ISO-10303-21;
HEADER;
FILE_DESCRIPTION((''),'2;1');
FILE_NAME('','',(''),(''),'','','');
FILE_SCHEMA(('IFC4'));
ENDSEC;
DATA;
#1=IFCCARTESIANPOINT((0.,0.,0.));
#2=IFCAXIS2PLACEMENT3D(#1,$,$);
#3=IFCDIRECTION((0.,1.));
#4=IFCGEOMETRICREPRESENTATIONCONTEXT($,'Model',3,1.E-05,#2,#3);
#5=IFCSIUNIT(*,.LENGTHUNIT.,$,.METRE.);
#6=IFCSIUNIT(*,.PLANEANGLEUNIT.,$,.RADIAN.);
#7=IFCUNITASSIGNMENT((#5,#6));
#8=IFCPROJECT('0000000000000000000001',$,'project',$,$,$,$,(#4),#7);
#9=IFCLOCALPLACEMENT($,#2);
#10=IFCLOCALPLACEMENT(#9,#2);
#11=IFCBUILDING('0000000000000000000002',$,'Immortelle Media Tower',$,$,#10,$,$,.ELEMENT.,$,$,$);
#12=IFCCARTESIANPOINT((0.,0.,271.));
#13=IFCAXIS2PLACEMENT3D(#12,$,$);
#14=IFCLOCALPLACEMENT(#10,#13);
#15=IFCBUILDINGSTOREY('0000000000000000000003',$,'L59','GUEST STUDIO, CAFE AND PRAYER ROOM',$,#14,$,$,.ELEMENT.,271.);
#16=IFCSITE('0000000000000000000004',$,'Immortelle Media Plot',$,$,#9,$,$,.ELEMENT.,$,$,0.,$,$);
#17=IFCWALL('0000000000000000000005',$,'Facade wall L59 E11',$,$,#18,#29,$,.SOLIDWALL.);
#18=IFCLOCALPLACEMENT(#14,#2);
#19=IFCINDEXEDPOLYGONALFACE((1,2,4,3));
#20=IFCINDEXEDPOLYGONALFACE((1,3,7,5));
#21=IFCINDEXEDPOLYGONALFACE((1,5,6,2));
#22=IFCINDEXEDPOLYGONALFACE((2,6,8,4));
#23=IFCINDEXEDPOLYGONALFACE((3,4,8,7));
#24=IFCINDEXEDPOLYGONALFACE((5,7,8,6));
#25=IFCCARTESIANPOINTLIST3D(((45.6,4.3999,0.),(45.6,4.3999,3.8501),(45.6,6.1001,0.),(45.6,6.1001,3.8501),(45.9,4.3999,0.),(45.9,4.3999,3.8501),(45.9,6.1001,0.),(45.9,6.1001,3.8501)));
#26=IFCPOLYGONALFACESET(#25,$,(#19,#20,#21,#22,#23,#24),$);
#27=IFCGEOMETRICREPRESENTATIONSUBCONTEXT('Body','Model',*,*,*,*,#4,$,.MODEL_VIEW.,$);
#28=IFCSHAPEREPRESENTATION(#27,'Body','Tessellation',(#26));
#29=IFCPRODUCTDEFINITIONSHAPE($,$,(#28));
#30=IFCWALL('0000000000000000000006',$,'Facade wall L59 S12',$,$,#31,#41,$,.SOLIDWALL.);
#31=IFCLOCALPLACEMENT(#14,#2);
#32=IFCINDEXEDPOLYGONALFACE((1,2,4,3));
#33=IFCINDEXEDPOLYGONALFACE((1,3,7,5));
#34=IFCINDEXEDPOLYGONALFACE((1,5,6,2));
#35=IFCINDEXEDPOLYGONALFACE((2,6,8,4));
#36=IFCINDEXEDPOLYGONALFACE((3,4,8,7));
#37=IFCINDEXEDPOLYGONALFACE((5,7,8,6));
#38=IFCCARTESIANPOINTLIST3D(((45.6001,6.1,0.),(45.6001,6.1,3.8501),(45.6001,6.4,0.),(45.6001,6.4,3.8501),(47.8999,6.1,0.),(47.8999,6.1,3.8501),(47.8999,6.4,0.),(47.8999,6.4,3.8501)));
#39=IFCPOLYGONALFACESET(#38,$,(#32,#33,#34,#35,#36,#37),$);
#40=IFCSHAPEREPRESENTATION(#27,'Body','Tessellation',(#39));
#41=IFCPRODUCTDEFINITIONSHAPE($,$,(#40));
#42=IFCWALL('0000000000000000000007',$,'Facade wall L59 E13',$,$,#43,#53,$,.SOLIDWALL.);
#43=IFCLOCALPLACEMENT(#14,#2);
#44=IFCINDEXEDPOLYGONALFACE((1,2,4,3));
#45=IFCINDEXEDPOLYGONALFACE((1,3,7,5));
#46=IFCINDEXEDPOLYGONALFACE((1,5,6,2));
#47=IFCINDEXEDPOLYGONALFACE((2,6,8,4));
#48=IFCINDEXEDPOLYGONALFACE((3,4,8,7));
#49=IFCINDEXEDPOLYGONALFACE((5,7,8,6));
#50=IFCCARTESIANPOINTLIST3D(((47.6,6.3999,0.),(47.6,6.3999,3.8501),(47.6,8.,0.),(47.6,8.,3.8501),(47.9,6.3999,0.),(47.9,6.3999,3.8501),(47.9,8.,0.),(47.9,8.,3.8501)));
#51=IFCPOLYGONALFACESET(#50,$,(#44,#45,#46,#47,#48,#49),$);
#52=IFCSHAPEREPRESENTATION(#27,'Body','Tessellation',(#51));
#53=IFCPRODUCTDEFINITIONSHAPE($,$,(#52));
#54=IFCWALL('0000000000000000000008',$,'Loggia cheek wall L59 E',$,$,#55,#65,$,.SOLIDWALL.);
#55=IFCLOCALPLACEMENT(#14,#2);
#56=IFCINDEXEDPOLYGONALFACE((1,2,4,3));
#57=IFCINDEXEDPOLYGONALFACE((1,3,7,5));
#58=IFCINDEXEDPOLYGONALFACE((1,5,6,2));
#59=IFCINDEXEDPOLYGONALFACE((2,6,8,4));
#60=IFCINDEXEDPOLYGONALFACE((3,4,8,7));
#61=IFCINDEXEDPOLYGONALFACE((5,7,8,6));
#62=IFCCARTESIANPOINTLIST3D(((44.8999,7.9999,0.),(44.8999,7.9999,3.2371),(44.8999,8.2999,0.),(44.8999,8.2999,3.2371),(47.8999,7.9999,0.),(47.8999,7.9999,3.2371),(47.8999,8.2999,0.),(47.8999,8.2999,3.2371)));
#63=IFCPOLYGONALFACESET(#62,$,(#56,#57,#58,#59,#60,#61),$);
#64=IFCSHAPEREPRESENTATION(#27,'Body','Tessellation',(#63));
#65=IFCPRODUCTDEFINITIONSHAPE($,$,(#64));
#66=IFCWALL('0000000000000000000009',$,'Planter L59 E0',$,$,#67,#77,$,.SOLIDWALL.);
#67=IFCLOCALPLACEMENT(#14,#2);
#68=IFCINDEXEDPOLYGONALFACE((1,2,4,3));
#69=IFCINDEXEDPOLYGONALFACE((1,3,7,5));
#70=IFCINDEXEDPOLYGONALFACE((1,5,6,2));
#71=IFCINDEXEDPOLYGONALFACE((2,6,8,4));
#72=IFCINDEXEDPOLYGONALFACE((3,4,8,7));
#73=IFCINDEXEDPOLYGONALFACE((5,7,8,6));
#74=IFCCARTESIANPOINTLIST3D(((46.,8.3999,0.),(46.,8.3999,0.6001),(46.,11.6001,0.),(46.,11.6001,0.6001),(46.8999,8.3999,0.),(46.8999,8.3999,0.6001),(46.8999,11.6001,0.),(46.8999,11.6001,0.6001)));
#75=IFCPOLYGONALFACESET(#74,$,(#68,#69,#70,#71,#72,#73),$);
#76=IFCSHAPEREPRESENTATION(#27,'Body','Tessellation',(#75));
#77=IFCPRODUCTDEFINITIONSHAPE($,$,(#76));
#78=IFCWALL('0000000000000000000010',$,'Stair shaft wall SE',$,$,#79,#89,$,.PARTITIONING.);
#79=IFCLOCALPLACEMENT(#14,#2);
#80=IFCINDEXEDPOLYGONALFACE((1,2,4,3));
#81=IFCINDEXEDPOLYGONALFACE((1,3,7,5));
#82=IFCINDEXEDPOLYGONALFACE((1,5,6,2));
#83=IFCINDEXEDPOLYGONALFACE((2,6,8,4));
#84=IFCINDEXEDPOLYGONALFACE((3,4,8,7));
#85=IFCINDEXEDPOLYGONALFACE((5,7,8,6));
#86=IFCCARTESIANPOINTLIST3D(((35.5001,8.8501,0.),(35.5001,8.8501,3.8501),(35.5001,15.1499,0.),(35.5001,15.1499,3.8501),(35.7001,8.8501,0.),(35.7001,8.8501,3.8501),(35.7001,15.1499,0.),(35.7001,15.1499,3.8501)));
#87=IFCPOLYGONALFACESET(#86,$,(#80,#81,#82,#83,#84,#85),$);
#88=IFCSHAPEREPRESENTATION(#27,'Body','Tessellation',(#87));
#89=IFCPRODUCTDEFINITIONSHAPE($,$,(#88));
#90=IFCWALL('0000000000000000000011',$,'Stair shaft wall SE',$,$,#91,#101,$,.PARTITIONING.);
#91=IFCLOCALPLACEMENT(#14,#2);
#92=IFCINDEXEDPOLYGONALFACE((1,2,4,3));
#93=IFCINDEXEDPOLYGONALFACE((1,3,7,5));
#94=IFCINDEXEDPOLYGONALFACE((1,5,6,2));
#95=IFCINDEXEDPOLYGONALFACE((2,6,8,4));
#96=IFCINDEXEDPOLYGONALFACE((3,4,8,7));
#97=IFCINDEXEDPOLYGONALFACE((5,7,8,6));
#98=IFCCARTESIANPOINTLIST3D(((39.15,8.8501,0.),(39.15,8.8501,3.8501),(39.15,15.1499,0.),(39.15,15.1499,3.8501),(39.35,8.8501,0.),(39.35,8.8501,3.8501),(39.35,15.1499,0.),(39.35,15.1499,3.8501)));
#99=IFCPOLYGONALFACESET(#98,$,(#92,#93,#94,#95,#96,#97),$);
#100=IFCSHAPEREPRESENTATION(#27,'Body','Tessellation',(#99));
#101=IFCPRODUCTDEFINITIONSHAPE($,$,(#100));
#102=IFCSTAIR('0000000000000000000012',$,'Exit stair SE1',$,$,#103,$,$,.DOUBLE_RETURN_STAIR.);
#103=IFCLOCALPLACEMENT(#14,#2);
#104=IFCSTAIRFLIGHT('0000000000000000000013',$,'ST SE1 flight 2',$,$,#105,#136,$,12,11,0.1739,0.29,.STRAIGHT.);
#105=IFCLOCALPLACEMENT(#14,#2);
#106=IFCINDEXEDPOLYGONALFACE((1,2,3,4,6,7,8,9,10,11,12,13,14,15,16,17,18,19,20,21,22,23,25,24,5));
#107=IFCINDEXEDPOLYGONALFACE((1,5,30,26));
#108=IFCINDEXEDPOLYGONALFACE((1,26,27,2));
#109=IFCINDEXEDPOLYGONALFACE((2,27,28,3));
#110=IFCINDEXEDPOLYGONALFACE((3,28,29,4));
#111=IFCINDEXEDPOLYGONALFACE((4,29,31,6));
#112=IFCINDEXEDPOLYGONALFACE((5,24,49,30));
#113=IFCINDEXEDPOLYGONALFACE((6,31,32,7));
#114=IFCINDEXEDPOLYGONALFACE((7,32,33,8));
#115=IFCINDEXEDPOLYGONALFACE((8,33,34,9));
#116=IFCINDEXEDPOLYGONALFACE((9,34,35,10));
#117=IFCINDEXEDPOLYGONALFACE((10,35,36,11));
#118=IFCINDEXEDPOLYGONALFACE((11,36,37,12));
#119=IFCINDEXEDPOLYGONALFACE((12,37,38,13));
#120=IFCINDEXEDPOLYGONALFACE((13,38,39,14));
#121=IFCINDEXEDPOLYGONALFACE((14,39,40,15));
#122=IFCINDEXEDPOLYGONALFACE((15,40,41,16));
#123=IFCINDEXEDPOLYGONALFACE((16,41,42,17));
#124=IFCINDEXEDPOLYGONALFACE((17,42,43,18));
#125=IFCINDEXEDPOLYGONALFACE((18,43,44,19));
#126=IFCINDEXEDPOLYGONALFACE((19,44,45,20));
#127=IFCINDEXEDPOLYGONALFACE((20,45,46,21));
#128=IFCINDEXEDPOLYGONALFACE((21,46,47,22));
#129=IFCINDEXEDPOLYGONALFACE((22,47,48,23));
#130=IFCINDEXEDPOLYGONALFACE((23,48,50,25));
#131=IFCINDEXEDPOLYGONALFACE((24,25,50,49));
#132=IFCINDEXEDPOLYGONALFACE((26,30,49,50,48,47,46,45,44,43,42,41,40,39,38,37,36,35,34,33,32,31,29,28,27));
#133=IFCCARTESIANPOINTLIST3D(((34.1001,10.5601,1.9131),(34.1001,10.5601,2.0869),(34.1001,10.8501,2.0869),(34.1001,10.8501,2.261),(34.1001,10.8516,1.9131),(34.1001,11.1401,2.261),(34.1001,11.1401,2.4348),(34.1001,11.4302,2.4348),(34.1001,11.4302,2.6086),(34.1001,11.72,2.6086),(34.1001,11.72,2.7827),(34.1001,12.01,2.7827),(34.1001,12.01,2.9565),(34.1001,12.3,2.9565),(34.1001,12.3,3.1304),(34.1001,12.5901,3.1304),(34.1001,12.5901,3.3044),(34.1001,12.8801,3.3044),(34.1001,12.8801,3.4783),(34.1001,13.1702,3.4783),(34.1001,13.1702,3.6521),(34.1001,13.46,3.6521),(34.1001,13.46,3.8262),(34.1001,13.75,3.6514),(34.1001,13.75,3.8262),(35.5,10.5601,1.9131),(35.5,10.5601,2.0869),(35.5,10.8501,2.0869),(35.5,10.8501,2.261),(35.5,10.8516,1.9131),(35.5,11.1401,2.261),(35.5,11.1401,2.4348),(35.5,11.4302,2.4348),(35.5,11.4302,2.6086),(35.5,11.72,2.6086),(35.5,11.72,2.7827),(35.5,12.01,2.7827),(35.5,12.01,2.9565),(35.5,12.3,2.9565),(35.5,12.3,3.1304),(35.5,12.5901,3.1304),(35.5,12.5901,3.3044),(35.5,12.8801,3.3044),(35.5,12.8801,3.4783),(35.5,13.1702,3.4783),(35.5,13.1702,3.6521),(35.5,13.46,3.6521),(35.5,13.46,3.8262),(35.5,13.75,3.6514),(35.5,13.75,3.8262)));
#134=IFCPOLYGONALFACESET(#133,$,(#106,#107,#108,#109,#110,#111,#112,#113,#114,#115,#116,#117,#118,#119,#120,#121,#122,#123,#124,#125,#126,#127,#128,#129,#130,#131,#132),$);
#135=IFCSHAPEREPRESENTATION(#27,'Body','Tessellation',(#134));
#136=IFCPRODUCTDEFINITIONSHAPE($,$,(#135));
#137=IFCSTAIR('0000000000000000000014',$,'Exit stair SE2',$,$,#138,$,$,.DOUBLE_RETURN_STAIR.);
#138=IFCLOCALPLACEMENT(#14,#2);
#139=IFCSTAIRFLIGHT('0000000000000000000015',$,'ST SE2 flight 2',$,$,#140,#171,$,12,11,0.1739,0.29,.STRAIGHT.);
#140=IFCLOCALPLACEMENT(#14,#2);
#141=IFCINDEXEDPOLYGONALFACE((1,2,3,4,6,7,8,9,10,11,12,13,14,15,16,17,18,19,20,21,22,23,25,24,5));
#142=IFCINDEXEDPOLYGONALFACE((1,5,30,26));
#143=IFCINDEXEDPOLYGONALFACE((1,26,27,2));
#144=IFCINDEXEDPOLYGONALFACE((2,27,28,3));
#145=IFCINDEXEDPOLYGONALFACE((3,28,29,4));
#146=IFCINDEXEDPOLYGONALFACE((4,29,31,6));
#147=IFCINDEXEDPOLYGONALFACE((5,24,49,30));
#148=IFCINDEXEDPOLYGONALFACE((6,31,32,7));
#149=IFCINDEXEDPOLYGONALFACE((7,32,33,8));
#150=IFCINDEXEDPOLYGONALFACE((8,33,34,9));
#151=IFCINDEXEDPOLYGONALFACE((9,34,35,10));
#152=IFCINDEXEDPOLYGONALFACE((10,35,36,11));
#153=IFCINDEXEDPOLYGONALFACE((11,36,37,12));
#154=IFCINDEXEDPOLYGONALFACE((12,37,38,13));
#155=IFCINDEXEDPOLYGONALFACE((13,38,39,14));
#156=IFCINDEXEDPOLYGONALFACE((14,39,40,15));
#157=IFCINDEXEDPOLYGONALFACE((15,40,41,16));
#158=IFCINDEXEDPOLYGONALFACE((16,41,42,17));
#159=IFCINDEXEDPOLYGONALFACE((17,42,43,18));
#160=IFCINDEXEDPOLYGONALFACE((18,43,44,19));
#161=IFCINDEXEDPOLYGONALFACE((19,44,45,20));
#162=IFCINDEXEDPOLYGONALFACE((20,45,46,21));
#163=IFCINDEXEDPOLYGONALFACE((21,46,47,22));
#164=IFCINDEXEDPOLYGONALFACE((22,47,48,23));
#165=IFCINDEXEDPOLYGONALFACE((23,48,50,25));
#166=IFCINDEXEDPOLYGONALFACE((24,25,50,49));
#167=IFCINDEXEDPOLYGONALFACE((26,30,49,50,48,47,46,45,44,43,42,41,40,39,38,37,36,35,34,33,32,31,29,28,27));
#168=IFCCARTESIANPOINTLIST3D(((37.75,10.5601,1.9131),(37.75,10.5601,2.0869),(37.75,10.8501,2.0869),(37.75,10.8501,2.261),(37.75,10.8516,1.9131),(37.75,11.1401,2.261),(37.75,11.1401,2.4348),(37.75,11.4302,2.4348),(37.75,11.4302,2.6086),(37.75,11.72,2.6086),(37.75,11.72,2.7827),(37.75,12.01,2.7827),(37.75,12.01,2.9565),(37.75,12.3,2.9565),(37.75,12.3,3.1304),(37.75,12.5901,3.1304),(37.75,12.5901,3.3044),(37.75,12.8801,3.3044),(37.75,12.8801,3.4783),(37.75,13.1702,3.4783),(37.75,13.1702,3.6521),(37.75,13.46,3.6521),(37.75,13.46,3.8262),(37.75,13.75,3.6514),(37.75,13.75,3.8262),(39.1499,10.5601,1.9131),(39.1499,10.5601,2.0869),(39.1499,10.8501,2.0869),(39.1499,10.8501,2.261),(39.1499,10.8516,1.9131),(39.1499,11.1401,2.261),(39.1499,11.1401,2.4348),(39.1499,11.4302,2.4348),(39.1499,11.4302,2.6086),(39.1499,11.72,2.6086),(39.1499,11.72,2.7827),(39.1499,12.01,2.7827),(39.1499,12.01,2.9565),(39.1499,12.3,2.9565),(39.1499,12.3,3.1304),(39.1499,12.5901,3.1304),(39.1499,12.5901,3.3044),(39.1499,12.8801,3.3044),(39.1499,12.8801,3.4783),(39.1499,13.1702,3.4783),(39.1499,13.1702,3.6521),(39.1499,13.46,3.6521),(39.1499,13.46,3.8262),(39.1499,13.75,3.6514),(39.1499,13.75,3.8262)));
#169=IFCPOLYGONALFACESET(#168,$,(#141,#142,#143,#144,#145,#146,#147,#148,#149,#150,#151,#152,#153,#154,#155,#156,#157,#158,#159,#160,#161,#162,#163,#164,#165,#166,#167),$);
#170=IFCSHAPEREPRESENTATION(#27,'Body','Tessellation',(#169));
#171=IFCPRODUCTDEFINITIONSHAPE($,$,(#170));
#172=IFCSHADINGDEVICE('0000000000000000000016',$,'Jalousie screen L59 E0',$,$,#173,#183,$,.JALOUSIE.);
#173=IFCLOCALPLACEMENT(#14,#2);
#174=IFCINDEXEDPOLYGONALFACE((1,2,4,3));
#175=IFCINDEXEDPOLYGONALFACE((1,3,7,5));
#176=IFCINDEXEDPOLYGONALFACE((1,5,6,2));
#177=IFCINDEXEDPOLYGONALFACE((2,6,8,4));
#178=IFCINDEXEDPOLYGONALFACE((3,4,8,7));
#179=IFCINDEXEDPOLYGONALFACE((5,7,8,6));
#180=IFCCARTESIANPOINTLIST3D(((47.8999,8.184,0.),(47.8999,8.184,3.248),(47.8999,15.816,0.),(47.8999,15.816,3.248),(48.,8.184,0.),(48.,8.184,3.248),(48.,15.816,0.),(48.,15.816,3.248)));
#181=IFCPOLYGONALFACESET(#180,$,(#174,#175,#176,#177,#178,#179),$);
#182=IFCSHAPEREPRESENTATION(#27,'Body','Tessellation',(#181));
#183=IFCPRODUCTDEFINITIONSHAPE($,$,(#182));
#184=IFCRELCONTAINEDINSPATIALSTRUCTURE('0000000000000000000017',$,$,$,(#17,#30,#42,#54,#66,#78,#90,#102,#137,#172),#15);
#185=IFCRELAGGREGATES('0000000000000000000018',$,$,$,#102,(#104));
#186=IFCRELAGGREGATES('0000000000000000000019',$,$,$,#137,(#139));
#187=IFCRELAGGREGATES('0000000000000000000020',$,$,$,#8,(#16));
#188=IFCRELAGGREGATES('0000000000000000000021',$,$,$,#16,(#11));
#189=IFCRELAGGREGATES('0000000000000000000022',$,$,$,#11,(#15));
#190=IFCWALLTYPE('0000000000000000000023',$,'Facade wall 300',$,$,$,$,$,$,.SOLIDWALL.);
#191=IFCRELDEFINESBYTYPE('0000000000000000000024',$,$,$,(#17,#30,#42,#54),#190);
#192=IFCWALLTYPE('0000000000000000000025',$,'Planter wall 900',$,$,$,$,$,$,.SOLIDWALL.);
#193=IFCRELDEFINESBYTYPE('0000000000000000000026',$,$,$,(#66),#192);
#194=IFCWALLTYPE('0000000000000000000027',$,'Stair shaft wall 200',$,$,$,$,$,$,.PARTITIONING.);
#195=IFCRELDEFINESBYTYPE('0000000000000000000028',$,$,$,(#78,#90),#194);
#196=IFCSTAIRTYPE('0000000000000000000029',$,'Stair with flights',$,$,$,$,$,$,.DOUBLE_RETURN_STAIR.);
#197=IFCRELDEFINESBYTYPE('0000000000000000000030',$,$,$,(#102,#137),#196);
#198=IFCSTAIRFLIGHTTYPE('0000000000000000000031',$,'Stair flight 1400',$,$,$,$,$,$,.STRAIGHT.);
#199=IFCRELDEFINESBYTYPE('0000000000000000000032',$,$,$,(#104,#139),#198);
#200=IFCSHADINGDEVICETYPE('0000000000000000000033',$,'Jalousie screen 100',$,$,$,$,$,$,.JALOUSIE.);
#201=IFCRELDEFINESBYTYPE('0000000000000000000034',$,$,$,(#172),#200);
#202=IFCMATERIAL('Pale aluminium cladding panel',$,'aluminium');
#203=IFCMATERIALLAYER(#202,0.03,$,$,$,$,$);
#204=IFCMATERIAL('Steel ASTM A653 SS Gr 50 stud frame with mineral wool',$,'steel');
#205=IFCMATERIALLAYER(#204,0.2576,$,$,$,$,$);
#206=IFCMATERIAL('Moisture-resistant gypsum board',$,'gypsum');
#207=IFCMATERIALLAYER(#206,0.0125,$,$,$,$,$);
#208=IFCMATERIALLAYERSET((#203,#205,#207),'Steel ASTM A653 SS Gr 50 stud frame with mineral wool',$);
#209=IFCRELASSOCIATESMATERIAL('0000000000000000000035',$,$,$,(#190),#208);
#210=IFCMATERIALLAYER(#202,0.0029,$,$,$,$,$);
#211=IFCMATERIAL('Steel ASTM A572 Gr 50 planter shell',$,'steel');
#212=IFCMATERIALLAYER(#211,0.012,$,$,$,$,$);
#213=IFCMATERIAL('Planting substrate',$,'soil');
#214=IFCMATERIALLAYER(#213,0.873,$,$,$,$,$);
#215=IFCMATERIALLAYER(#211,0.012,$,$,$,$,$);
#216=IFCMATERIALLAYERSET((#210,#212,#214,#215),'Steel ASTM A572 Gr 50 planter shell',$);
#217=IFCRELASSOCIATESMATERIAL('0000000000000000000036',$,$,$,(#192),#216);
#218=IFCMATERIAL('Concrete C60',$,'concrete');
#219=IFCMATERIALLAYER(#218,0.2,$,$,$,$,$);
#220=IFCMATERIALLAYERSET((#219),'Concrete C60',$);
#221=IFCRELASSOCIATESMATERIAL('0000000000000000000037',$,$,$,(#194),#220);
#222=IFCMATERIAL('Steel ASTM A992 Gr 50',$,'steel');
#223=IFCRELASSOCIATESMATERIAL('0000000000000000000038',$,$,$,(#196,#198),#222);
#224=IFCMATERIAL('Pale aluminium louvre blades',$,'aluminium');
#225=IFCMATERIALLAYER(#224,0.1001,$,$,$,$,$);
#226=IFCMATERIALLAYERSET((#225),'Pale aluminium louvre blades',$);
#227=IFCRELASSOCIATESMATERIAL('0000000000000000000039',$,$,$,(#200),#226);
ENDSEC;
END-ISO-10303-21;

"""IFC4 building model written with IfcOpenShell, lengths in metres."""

from ifc_helpers import new_model, si_unit, direction, frame, frame_2d, origin, origin_2d, place, context, subcontext, project, spatial, polyline, rectangle, outline, extrude, material, layer, layer_set, type_object, element, aggregate, save


model = new_model("IFC4")

# Units and contexts
model_context = context("Model", 3, precision=1e-05, world=origin(), true_north=direction((0.0, 1.0)))
body_context = subcontext(model_context, "Body", "Model", "MODEL_VIEW")
ifc_project = project(units=[si_unit("LENGTHUNIT", "METRE"), si_unit("PLANEANGLEUNIT", "RADIAN")], contexts=[model_context])

# Site, building, storey
site_placement = place(None, origin())
site = spatial("IfcSite", under=ifc_project, at=site_placement, Name="Immortelle Media Plot", CompositionType="ELEMENT", RefElevation=0.0)
building_placement = place(site_placement, origin())
building = spatial("IfcBuilding", under=site, at=building_placement, Name="Immortelle Media Tower", CompositionType="ELEMENT")
storey_placement = place(building_placement, frame((0.0, 0.0, 271.0)))
storey = spatial("IfcBuildingStorey", under=building, at=storey_placement, Name="L59", Description="GUEST STUDIO, CAFE AND PRAYER ROOM", CompositionType="ELEMENT", Elevation=271.0)

# Shared definitions
ifc_material_1 = material(Name="Steel ASTM A992 Gr 50", Category="steel")

# Walls
ifc_material_2 = material(Name="Pale aluminium cladding panel", Category="aluminium")
ifc_layer_1 = layer(ifc_material_2, 0.03)
ifc_material_3 = material(Name="Steel ASTM A653 SS Gr 50 stud frame with mineral wool", Category="steel")
ifc_layer_2 = layer(ifc_material_3, 0.2576)
ifc_material_4 = material(Name="Moisture-resistant gypsum board", Category="gypsum")
ifc_layer_3 = layer(ifc_material_4, 0.0125)
ifc_layer_set_1 = layer_set([ifc_layer_1, ifc_layer_2, ifc_layer_3], Name="Steel ASTM A653 SS Gr 50 stud frame with mineral wool")
wall_type_1 = type_object("IfcWallType", Name="Facade wall 300", PredefinedType="SOLIDWALL", material=ifc_layer_set_1)
wall_1_placement = place(storey_placement, frame((45.75, 4.3999, 0.0), z_axis=(0.0, 0.0, 1.0), x_axis=(0.0, 1.0, 0.0)))
element("IfcWall", 1, at=wall_1_placement, inside=storey, type_object=wall_type_1, Name="Facade wall L59 E11", PredefinedType="SOLIDWALL", context=body_context, shape_type="SweptSolid", body=[
    extrude(rectangle(XDim=1.7002, YDim=0.3, at=frame_2d((0.8501, 0.0))), origin(), (0.0, 0.0, 1.0), 3.8501),
])
wall_2_placement = place(storey_placement, frame((45.6001, 6.25, 0.0), z_axis=(0.0, 0.0, 1.0), x_axis=(1.0, 0.0, 0.0)))
element("IfcWall", 2, at=wall_2_placement, inside=storey, type_object=wall_type_1, Name="Facade wall L59 S12", PredefinedType="SOLIDWALL", context=body_context, shape_type="SweptSolid", body=[
    extrude(rectangle(XDim=2.2998, YDim=0.3, at=frame_2d((1.1499, 0.0))), origin(), (0.0, 0.0, 1.0), 3.8501),
])
wall_3_placement = place(storey_placement, frame((47.75, 6.3999, 0.0), z_axis=(0.0, 0.0, 1.0), x_axis=(0.0, 1.0, 0.0)))
element("IfcWall", 3, at=wall_3_placement, inside=storey, type_object=wall_type_1, Name="Facade wall L59 E13", PredefinedType="SOLIDWALL", context=body_context, shape_type="SweptSolid", body=[
    extrude(rectangle(XDim=1.6001, YDim=0.3, at=frame_2d((0.8, 0.0))), origin(), (0.0, 0.0, 1.0), 3.8501),
])

# Walls
wall_4_placement = place(storey_placement, frame((47.8999, 8.1499, 0.0), z_axis=(0.0, 0.0, 1.0), x_axis=(-1.0, 0.0, 0.0)))
element("IfcWall", 4, at=wall_4_placement, inside=storey, type_object=wall_type_1, Name="Loggia cheek wall L59 E", PredefinedType="SOLIDWALL", context=body_context, shape_type="SweptSolid", body=[
    extrude(rectangle(XDim=3.0, YDim=0.3, at=frame_2d((1.5, 0.0))), origin(), (0.0, 0.0, 1.0), 3.2371),
])
ifc_layer_4 = layer(ifc_material_2, 0.0029)
ifc_material_5 = material(Name="Steel ASTM A572 Gr 50 planter shell", Category="steel")
ifc_layer_5 = layer(ifc_material_5, 0.012)
ifc_material_6 = material(Name="Planting substrate", Category="soil")
ifc_layer_6 = layer(ifc_material_6, 0.873)
ifc_layer_7 = layer(ifc_material_5, 0.012)
ifc_layer_set_2 = layer_set([ifc_layer_4, ifc_layer_5, ifc_layer_6, ifc_layer_7], Name="Steel ASTM A572 Gr 50 planter shell")
wall_type_2 = type_object("IfcWallType", Name="Planter wall 900", PredefinedType="SOLIDWALL", material=ifc_layer_set_2)
wall_5_placement = place(storey_placement, frame((46.45, 8.3999, 0.0), z_axis=(0.0, 0.0, 1.0), x_axis=(0.0, 1.0, 0.0)))
element("IfcWall", 5, at=wall_5_placement, inside=storey, type_object=wall_type_2, Name="Planter L59 E0", PredefinedType="SOLIDWALL", context=body_context, shape_type="SweptSolid", body=[
    extrude(rectangle(XDim=3.2002, YDim=0.8999, at=frame_2d((1.6001, 0.0))), origin(), (0.0, 0.0, 1.0), 0.6001),
])
ifc_material_7 = material(Name="Concrete C60", Category="concrete")
ifc_layer_8 = layer(ifc_material_7, 0.2)
ifc_layer_set_3 = layer_set([ifc_layer_8], Name="Concrete C60")
wall_type_3 = type_object("IfcWallType", Name="Stair shaft wall 200", PredefinedType="PARTITIONING", material=ifc_layer_set_3)
for number, where, z_axis, x_axis, name in (
    (6, (35.6001, 8.8501, 0.0), (0.0, 0.0, 1.0), (0.0, 1.0, 0.0), "Stair shaft wall SE"),
    (7, (39.25, 8.8501, 0.0), (0.0, 0.0, 1.0), (0.0, 1.0, 0.0), "Stair shaft wall SE"),
):
    element("IfcWall", number, at=place(storey_placement, frame(where, z_axis=z_axis, x_axis=x_axis)), inside=storey, type_object=wall_type_3, Name=name, PredefinedType="PARTITIONING", context=body_context, shape_type="SweptSolid", body=[
        extrude(rectangle(XDim=6.2998, YDim=0.2, at=frame_2d((3.1499, 0.0))), origin(), (0.0, 0.0, 1.0), 3.8501),
    ])

# Stairs, stair flights
stair_type = type_object("IfcStairType", Name="Stair with flights", PredefinedType="DOUBLE_RETURN_STAIR", material=ifc_material_1)
stair_1_placement = place(storey_placement, origin())
stair_1 = element("IfcStair", 8, at=stair_1_placement, inside=storey, type_object=stair_type, Name="Exit stair SE1", PredefinedType="DOUBLE_RETURN_STAIR")
stair_flight_type = type_object("IfcStairFlightType", Name="Stair flight 1400", PredefinedType="STRAIGHT", material=ifc_material_1)
stair_flight_1_placement = place(storey_placement, frame((34.8, 10.5601, 1.9131), z_axis=(0.0, 0.0, 1.0), x_axis=(0.0, 1.0, 0.0)))
stair_flight_1 = element("IfcStairFlight", 9, at=stair_flight_1_placement, type_object=stair_flight_type, Name="ST SE1 flight 2", NumberOfRisers=12, NumberOfTreads=11, PredefinedType="STRAIGHT", RiserHeight=0.1739, TreadLength=0.29, context=body_context, shape_type="SweptSolid", body=[
    extrude(outline(polyline([(0.0, 0.0), (0.0, 0.1738), (0.29, 0.1738), (0.29, 0.3479), (0.5801, 0.3479), (0.5801, 0.5217), (0.8701, 0.5217), (0.8701, 0.6956), (1.1599, 0.6956), (1.1599, 0.8696), (1.45, 0.8696), (1.45, 1.0435), (1.74, 1.0435), (1.74, 1.2173), (2.03, 1.2173), (2.03, 1.3914), (2.3201, 1.3914), (2.3201, 1.5652), (2.6101, 1.5652), (2.6101, 1.739), (2.8999, 1.739), (2.8999, 1.9131), (3.1899, 1.9131), (3.1899, 2.0869), (3.1899, 1.7383), (0.2915, 0.0), (0.0, 0.0)])), frame((0.0, 0.7, 0.0), z_axis=(0.0, -1.0, 0.0), x_axis=(1.0, 0.0, 0.0)), (0.0, 0.0, 1.0), 1.3999),
])
aggregate(stair_1, [stair_flight_1])
stair_2_placement = place(storey_placement, origin())
stair_2 = element("IfcStair", 10, at=stair_2_placement, inside=storey, type_object=stair_type, Name="Exit stair SE2", PredefinedType="DOUBLE_RETURN_STAIR")
stair_flight_2_placement = place(storey_placement, frame((38.45, 10.5601, 1.9131), z_axis=(0.0, 0.0, 1.0), x_axis=(0.0, 1.0, 0.0)))
stair_flight_2 = element("IfcStairFlight", 11, at=stair_flight_2_placement, type_object=stair_flight_type, Name="ST SE2 flight 2", NumberOfRisers=12, NumberOfTreads=11, PredefinedType="STRAIGHT", RiserHeight=0.1739, TreadLength=0.29, context=body_context, shape_type="SweptSolid", body=[
    extrude(outline(polyline([(0.0, 0.0), (0.0, 0.1738), (0.29, 0.1738), (0.29, 0.3479), (0.5801, 0.3479), (0.5801, 0.5217), (0.8701, 0.5217), (0.8701, 0.6956), (1.1599, 0.6956), (1.1599, 0.8696), (1.45, 0.8696), (1.45, 1.0435), (1.74, 1.0435), (1.74, 1.2173), (2.03, 1.2173), (2.03, 1.3914), (2.3201, 1.3914), (2.3201, 1.5652), (2.6101, 1.5652), (2.6101, 1.739), (2.8999, 1.739), (2.8999, 1.9131), (3.1899, 1.9131), (3.1899, 2.0869), (3.1899, 1.7383), (0.2915, 0.0), (0.0, 0.0)])), frame((0.0, 0.7, 0.0), z_axis=(0.0, -1.0, 0.0), x_axis=(1.0, 0.0, 0.0)), (0.0, 0.0, 1.0), 1.3999),
])
aggregate(stair_2, [stair_flight_2])

# Shading device
ifc_material_8 = material(Name="Pale aluminium louvre blades", Category="aluminium")
ifc_layer_9 = layer(ifc_material_8, 0.1001)
ifc_layer_set_4 = layer_set([ifc_layer_9], Name="Pale aluminium louvre blades")
shading_device_type_1 = type_object("IfcShadingDeviceType", Name="Jalousie screen 100", PredefinedType="JALOUSIE", material=ifc_layer_set_4)
shading_device_1_placement = place(storey_placement, frame((47.95, 12.0, 0.0), z_axis=(0.0, 0.0, 1.0), x_axis=(0.0, 1.0, 0.0)))
element("IfcShadingDevice", 12, at=shading_device_1_placement, inside=storey, type_object=shading_device_type_1, Name="Jalousie screen L59 E0", PredefinedType="JALOUSIE", context=body_context, shape_type="SweptSolid", body=[
    extrude(rectangle(XDim=7.6321, YDim=0.1001, at=origin_2d()), origin(), (0.0, 0.0, 1.0), 3.248),
])

save(model, "model.ifc")
